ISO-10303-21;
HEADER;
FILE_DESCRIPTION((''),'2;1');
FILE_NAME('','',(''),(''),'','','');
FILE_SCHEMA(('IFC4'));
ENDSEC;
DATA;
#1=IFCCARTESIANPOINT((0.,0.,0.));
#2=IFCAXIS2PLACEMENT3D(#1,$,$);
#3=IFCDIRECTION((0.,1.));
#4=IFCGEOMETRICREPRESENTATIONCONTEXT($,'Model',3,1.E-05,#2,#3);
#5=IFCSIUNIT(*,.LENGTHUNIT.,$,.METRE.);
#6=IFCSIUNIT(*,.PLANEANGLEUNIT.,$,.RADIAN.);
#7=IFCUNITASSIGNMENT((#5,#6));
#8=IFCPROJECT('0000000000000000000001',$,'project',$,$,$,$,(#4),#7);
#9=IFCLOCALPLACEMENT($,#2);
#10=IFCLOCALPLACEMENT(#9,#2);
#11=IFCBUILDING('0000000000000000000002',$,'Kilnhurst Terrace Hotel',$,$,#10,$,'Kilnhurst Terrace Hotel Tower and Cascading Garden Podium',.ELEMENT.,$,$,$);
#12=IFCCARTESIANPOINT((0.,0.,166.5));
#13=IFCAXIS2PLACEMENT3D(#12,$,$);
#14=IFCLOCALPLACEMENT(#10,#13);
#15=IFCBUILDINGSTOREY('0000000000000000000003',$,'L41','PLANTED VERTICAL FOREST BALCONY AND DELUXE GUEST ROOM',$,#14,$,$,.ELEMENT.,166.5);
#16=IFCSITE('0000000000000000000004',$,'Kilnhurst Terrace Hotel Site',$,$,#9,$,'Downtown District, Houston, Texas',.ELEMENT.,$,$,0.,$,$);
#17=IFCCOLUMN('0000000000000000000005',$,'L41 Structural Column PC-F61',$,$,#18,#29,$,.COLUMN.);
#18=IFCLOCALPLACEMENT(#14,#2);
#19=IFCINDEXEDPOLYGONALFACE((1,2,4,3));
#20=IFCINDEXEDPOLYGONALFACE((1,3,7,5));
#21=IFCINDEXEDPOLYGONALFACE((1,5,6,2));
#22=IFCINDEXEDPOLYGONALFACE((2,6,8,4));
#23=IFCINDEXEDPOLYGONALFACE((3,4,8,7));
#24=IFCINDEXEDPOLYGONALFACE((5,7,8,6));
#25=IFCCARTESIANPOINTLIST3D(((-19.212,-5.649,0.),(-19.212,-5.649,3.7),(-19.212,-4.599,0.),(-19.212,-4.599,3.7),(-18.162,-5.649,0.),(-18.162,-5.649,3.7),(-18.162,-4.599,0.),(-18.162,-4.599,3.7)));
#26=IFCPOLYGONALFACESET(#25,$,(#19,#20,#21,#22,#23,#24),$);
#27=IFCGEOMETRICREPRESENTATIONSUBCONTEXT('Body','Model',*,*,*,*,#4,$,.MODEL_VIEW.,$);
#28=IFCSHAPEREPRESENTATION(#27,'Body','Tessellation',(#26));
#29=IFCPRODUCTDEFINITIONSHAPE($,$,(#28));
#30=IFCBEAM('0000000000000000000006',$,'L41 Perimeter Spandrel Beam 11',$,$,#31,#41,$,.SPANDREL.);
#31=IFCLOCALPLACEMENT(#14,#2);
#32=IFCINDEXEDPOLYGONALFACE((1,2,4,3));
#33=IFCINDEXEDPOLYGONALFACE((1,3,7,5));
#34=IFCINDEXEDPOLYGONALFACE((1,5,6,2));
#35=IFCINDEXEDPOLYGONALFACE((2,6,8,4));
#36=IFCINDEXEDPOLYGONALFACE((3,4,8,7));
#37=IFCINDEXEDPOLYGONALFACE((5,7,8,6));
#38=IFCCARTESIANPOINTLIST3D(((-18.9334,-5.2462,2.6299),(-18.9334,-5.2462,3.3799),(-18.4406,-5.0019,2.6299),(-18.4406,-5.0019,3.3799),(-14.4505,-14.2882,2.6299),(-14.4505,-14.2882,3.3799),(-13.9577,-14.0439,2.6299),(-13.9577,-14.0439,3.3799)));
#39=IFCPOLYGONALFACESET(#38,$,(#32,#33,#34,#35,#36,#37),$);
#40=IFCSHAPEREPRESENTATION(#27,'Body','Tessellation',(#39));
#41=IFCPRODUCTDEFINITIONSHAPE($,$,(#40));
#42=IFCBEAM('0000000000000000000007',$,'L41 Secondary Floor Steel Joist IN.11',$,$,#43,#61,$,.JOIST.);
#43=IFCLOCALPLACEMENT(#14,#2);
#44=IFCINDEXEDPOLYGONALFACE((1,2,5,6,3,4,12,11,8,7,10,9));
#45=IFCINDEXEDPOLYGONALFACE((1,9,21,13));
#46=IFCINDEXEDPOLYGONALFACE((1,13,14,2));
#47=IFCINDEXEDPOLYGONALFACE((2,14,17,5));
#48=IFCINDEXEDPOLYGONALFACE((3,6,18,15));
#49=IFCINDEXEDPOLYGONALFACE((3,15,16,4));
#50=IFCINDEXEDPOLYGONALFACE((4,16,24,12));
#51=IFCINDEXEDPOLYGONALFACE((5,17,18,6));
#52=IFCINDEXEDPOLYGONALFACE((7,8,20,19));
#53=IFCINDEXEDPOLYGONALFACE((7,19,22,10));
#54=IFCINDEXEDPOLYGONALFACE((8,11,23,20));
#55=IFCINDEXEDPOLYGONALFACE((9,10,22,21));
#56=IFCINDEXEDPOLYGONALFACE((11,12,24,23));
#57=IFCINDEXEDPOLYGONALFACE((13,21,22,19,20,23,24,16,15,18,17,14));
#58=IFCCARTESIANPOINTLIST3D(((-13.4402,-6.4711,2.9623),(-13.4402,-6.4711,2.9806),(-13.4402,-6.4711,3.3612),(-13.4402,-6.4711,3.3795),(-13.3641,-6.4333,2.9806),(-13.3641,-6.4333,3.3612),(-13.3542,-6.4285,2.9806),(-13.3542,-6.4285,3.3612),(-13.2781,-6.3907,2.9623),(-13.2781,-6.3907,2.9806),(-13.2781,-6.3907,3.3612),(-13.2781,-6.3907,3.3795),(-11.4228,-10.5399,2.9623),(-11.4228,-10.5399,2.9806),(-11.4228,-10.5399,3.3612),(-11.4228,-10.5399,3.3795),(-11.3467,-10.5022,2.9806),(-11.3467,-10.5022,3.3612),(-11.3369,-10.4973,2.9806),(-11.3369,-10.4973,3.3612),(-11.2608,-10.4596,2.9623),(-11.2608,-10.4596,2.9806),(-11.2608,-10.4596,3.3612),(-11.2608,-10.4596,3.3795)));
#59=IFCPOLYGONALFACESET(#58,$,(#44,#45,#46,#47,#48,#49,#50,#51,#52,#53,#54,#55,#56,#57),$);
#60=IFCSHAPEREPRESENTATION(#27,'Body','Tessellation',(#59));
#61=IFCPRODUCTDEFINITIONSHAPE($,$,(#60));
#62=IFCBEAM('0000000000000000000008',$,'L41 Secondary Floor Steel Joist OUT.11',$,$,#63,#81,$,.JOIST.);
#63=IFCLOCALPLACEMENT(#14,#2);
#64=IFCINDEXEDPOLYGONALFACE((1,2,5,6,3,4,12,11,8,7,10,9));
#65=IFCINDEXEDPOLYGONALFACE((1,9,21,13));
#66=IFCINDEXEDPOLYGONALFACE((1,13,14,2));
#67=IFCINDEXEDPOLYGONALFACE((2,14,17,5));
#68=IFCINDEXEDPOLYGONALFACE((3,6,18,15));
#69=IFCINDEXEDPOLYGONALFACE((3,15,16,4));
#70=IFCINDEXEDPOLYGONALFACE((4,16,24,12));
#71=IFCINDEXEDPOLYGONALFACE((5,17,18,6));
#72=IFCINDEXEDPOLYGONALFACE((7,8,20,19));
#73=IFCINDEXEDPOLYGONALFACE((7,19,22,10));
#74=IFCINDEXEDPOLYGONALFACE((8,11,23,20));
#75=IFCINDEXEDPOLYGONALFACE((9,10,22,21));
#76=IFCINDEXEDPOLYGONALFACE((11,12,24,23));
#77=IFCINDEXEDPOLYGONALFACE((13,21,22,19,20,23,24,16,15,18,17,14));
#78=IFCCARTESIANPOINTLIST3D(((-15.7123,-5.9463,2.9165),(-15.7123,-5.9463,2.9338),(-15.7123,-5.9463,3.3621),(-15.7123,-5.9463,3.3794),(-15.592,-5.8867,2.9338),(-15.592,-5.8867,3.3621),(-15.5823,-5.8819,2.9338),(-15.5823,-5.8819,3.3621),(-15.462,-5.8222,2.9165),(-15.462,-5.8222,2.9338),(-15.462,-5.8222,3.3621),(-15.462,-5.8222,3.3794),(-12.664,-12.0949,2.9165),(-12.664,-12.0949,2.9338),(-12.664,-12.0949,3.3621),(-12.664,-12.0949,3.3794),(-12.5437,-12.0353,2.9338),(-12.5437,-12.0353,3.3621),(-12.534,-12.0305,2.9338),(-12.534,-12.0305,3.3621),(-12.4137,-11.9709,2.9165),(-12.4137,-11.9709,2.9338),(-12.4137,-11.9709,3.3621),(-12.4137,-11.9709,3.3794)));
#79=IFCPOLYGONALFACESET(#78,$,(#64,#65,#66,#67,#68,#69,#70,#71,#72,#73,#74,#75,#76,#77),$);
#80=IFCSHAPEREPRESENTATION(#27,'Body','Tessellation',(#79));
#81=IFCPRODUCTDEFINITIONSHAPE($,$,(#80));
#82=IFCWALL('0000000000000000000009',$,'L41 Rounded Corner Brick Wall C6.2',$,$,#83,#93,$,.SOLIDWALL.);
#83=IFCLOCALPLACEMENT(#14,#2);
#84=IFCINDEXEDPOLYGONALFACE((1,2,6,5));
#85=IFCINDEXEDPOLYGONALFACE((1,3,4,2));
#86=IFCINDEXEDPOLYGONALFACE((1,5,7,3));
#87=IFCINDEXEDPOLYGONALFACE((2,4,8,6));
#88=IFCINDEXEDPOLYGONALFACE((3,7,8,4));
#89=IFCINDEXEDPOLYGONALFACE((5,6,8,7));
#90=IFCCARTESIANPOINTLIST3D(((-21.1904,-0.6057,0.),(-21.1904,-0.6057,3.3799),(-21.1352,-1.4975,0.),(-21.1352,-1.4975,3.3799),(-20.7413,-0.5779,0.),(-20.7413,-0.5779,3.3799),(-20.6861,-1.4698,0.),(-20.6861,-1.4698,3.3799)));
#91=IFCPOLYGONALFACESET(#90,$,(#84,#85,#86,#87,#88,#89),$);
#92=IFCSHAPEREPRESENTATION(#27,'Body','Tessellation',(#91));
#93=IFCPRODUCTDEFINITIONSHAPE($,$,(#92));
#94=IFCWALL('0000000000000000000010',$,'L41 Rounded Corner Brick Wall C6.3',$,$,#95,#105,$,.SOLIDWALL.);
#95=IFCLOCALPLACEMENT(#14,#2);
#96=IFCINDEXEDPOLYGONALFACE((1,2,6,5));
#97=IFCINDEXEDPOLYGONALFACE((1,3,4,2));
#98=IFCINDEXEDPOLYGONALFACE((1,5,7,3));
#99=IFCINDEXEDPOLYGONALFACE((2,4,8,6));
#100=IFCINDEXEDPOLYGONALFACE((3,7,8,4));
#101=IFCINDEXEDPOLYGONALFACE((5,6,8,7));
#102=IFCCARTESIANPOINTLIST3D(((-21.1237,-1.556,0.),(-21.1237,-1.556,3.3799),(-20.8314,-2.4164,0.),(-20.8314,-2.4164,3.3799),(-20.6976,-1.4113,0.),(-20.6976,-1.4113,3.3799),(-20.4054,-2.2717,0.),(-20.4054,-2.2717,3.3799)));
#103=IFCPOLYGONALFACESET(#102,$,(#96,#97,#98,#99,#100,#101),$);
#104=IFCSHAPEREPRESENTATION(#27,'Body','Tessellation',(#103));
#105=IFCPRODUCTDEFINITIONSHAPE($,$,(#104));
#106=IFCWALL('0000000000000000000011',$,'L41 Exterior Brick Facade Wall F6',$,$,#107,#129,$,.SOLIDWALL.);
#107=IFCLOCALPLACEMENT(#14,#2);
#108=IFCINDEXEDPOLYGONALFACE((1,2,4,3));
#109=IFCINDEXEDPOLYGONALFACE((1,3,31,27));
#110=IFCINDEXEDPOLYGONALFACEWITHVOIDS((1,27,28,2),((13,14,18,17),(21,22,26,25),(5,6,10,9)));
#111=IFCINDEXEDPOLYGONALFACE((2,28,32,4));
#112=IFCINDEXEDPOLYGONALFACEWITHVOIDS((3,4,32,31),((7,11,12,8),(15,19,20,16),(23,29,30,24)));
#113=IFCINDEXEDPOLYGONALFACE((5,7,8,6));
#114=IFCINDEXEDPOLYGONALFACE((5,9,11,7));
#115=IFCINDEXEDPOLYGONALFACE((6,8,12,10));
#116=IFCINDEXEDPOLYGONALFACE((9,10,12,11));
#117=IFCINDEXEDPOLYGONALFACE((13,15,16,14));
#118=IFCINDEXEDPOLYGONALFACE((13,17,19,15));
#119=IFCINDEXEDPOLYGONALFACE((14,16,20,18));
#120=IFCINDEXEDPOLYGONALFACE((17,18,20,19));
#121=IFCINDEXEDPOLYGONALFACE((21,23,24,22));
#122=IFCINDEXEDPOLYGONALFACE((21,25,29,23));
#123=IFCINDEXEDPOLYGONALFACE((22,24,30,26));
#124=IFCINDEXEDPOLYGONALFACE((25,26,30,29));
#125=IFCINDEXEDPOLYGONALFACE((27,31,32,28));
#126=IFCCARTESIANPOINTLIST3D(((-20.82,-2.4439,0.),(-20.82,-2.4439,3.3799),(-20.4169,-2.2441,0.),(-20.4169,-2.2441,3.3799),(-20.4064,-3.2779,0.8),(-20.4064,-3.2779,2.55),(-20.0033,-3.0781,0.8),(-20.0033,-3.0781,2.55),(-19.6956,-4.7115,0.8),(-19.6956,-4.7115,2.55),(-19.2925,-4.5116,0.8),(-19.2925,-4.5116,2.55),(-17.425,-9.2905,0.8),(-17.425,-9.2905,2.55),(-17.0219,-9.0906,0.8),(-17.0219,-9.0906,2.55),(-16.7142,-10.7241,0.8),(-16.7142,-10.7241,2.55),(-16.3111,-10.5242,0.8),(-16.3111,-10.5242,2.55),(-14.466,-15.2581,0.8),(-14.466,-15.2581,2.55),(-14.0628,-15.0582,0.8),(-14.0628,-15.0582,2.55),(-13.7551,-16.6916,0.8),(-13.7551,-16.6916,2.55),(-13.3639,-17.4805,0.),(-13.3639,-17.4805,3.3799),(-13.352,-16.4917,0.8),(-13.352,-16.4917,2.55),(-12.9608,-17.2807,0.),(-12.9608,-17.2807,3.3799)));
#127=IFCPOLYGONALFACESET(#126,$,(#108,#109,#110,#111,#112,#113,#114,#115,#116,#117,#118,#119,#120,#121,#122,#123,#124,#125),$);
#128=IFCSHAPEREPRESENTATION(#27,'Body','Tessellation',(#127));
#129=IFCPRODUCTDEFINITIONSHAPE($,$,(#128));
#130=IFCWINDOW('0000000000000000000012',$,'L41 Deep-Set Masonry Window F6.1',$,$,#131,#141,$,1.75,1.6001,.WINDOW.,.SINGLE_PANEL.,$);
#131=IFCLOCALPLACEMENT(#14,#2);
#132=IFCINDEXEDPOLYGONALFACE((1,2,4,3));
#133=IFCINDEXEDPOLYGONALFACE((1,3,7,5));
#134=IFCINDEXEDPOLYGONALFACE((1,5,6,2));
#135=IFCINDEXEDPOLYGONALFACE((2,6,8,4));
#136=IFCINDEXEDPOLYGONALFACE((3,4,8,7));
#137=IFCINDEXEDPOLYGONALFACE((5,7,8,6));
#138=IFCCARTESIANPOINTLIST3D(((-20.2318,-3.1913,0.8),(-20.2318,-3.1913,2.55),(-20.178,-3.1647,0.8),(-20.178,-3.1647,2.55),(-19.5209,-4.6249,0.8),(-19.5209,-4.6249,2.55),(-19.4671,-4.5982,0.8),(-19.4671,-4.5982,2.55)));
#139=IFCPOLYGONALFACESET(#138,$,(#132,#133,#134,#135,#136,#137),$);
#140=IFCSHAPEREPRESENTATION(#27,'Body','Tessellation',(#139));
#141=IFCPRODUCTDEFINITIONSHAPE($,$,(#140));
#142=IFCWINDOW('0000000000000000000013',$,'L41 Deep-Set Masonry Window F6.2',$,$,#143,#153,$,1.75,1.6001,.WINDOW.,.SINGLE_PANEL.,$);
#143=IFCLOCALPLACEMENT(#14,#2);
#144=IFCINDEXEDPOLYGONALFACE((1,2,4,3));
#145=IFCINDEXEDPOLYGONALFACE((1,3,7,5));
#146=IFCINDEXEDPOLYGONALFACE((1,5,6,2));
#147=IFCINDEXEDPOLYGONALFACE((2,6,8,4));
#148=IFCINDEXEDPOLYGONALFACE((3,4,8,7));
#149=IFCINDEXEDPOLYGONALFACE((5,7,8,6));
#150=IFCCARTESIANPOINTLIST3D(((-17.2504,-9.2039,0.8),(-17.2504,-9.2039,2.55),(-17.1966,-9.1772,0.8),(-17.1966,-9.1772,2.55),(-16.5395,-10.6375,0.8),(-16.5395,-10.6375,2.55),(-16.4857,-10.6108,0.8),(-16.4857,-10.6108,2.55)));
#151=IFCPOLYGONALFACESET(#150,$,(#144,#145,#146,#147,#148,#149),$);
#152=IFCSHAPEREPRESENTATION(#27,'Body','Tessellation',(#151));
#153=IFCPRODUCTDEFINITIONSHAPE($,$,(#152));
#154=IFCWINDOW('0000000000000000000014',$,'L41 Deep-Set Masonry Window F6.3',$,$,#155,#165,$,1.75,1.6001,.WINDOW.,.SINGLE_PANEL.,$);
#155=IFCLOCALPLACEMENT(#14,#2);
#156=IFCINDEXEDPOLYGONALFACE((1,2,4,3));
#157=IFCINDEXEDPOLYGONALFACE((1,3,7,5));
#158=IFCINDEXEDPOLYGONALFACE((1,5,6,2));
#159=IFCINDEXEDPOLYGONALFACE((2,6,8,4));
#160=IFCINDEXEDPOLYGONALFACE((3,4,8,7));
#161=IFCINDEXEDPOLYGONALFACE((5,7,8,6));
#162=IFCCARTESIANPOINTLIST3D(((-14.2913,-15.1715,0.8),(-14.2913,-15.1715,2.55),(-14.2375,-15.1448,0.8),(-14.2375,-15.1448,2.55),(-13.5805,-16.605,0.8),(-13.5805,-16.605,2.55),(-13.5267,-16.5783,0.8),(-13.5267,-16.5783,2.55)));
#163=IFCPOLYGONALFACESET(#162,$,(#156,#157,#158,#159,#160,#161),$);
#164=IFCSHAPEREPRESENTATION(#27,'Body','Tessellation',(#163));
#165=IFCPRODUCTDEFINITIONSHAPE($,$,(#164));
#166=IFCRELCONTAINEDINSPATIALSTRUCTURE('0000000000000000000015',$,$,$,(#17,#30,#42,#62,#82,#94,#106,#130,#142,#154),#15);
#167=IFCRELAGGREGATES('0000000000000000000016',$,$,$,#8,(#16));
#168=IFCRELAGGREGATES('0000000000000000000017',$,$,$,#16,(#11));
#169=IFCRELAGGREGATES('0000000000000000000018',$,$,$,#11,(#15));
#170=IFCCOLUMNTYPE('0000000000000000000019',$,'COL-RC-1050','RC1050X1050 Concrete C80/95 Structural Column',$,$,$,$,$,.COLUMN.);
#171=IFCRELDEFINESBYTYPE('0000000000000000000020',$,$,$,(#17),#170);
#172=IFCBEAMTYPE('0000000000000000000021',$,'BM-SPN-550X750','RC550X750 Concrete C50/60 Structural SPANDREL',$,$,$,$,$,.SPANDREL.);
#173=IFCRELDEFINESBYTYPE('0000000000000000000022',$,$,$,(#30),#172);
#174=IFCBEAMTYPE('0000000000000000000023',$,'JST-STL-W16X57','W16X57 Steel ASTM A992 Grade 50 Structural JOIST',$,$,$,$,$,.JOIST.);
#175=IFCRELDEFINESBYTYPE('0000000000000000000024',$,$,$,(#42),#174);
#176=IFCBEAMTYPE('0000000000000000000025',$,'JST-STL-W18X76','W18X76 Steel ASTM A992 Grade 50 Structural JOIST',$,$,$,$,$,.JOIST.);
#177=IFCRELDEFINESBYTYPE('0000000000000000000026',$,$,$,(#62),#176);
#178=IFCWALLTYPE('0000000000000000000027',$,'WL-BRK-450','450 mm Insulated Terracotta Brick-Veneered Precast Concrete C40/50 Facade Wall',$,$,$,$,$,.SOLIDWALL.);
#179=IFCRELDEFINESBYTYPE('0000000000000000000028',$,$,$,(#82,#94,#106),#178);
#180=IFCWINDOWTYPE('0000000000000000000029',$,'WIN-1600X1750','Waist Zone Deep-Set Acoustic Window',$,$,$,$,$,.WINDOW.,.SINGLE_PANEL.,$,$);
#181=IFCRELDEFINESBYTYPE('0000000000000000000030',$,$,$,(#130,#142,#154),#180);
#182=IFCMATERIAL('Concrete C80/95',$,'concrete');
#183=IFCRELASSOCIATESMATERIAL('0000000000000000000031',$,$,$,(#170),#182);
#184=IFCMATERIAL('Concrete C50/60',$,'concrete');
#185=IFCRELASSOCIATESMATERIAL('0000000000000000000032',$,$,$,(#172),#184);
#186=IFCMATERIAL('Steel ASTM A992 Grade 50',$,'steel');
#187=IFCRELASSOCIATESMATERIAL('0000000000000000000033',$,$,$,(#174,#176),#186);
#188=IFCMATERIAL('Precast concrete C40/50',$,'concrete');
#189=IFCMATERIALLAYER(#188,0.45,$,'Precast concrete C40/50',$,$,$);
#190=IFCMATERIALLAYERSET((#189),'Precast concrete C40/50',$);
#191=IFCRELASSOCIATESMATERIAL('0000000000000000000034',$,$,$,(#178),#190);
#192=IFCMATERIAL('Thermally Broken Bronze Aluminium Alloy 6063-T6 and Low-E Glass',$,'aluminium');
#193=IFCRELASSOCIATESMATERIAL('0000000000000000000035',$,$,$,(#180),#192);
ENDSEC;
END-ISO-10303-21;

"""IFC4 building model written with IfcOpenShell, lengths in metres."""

from ifc_helpers import new_model, si_unit, direction, frame, frame_2d, origin, origin_2d, place, context, subcontext, project, spatial, rectangle, i_section, extrude, material, layer, layer_set, material_profile, profile_set, type_object, element, fill, save


model = new_model("IFC4")

# Units and contexts
model_context = context("Model", 3, precision=1e-05, world=origin(), true_north=direction((0.0, 1.0)))
body_context = subcontext(model_context, "Body", "Model", "MODEL_VIEW")
ifc_project = project(units=[si_unit("LENGTHUNIT", "METRE"), si_unit("PLANEANGLEUNIT", "RADIAN")], contexts=[model_context])

# Site, building, storey
site_placement = place(None, origin())
site = spatial("IfcSite", under=ifc_project, at=site_placement, Name="Kilnhurst Terrace Hotel Site", LongName="Downtown District, Houston, Texas", CompositionType="ELEMENT", RefElevation=0.0)
building_placement = place(site_placement, origin())
building = spatial("IfcBuilding", under=site, at=building_placement, Name="Kilnhurst Terrace Hotel", LongName="Kilnhurst Terrace Hotel Tower and Cascading Garden Podium", CompositionType="ELEMENT")
storey_placement = place(building_placement, frame((0.0, 0.0, 166.5)))
storey = spatial("IfcBuildingStorey", under=building, at=storey_placement, Name="L41", Description="PLANTED VERTICAL FOREST BALCONY AND DELUXE GUEST ROOM", CompositionType="ELEMENT", Elevation=166.5)

# Column
ifc_material_1 = material(Name="Concrete C80/95", Category="concrete")
ifc_material_profile_1 = material_profile(ifc_material_1, rectangle(XDim=1.05, YDim=1.05, at=origin_2d()), Name="RC1050X1050")
ifc_profile_set_1 = profile_set([ifc_material_profile_1], Name="Concrete C80/95")
column_type = type_object("IfcColumnType", Name="COL-RC-1050", Description="RC1050X1050 Concrete C80/95 Structural Column", PredefinedType="COLUMN", material=ifc_profile_set_1)
column_placement = place(storey_placement, frame((-18.687, -5.124, 0.0), z_axis=(0.0, 0.0, 1.0), x_axis=(1.0, 0.0, 0.0)))
element("IfcColumn", 1, at=column_placement, inside=storey, type_object=column_type, Name="L41 Structural Column PC-F61", PredefinedType="COLUMN", context=body_context, shape_type="SweptSolid", body=[
    extrude(rectangle(XDim=1.05, YDim=1.05, at=origin_2d()), origin(), (0.0, 0.0, 1.0), 3.7),
])

# Beams
ifc_material_2 = material(Name="Concrete C50/60", Category="concrete")
ifc_material_profile_2 = material_profile(ifc_material_2, rectangle(XDim=0.55, YDim=0.75, at=origin_2d()), Name="RC550X750")
ifc_profile_set_2 = profile_set([ifc_material_profile_2], Name="Concrete C50/60")
beam_type_1 = type_object("IfcBeamType", Name="BM-SPN-550X750", Description="RC550X750 Concrete C50/60 Structural SPANDREL", PredefinedType="SPANDREL", material=ifc_profile_set_2)
beam_1_placement = place(storey_placement, frame((-18.687, -5.124, 3.0049), z_axis=(0.444192, -0.895932, 0.0), x_axis=(0.895932, 0.444192, 0.0)))
element("IfcBeam", 2, at=beam_1_placement, inside=storey, type_object=beam_type_1, Name="L41 Perimeter Spandrel Beam 11", PredefinedType="SPANDREL", context=body_context, shape_type="SweptSolid", body=[
    extrude(rectangle(XDim=0.55, YDim=0.75, at=origin_2d()), origin(), (0.0, 0.0, 1.0), 10.0923),
])
ifc_material_3 = material(Name="Steel ASTM A992 Grade 50", Category="steel")
ifc_material_profile_3 = material_profile(ifc_material_3, i_section(OverallWidth=0.1809, OverallDepth=0.4172, WebThickness=0.011, FlangeThickness=0.0183, at=origin_2d()), Name="W16X57")
ifc_profile_set_3 = profile_set([ifc_material_profile_3], Name="Steel ASTM A992 Grade 50")
beam_type_2 = type_object("IfcBeamType", Name="JST-STL-W16X57", Description="W16X57 Steel ASTM A992 Grade 50 Structural JOIST", PredefinedType="JOIST", material=ifc_profile_set_3)
beam_2_placement = place(storey_placement, frame((-13.3591, -6.4309, 3.1709), z_axis=(0.444201, -0.895927, 0.0), x_axis=(0.895927, 0.444201, 0.0)))
element("IfcBeam", 3, at=beam_2_placement, inside=storey, type_object=beam_type_2, Name="L41 Secondary Floor Steel Joist IN.11", PredefinedType="JOIST", context=body_context, shape_type="SweptSolid", body=[
    extrude(i_section(OverallWidth=0.1809, OverallDepth=0.4172, WebThickness=0.011, FlangeThickness=0.0183, at=origin_2d()), origin(), (0.0, 0.0, 1.0), 4.5415),
])
ifc_material_profile_4 = material_profile(ifc_material_3, i_section(OverallWidth=0.2793, OverallDepth=0.4629, WebThickness=0.0107, FlangeThickness=0.0173, at=origin_2d()), Name="W18X76")
ifc_profile_set_4 = profile_set([ifc_material_profile_4], Name="Steel ASTM A992 Grade 50")
beam_type_3 = type_object("IfcBeamType", Name="JST-STL-W18X76", Description="W18X76 Steel ASTM A992 Grade 50 Structural JOIST", PredefinedType="JOIST", material=ifc_profile_set_4)
beam_3_placement = place(storey_placement, frame((-15.5872, -5.8843, 3.1479), z_axis=(0.44418, -0.895938, 0.0), x_axis=(0.895938, 0.44418, 0.0)))
element("IfcBeam", 4, at=beam_3_placement, inside=storey, type_object=beam_type_3, Name="L41 Secondary Floor Steel Joist OUT.11", PredefinedType="JOIST", context=body_context, shape_type="SweptSolid", body=[
    extrude(i_section(OverallWidth=0.2793, OverallDepth=0.4629, WebThickness=0.0107, FlangeThickness=0.0173, at=origin_2d()), origin(), (0.0, 0.0, 1.0), 6.8628),
])

# Walls
ifc_material_4 = material(Name="Precast concrete C40/50", Category="concrete")
ifc_layer_1 = layer(ifc_material_4, 0.45, Name="Precast concrete C40/50")
ifc_layer_set_1 = layer_set([ifc_layer_1], Name="Precast concrete C40/50")
wall_type_1 = type_object("IfcWallType", Name="WL-BRK-450", Description="450 mm Insulated Terracotta Brick-Veneered Precast Concrete C40/50 Facade Wall", PredefinedType="SOLIDWALL", material=ifc_layer_set_1)
wall_1_placement = place(storey_placement, frame((-20.9658, -0.5918, 0.0), z_axis=(0.0, 0.0, 1.0), x_axis=(0.061749, -0.998092, 0.0)))
element("IfcWall", 5, at=wall_1_placement, inside=storey, type_object=wall_type_1, Name="L41 Rounded Corner Brick Wall C6.2", PredefinedType="SOLIDWALL", context=body_context, shape_type="SweptSolid", body=[
    extrude(rectangle(XDim=0.8936, YDim=0.45, at=frame_2d((0.4468, 0.0))), origin(), (0.0, 0.0, 1.0), 3.3799),
])
wall_2_placement = place(storey_placement, frame((-20.9106, -1.4836, 0.0), z_axis=(0.0, 0.0, 1.0), x_axis=(0.321623, -0.946868, 0.0)))
element("IfcWall", 6, at=wall_2_placement, inside=storey, type_object=wall_type_1, Name="L41 Rounded Corner Brick Wall C6.3", PredefinedType="SOLIDWALL", context=body_context, shape_type="SweptSolid", body=[
    extrude(rectangle(XDim=0.9087, YDim=0.45, at=frame_2d((0.4543, 0.0))), origin(), (0.0, 0.0, 1.0), 3.3799),
])

# Wall, openings, windows
wall_3_placement = place(storey_placement, frame((-20.6184, -2.344, 0.0), z_axis=(0.0, 0.0, 1.0), x_axis=(0.444244, -0.895906, 0.0)))
wall_3 = element("IfcWall", 7, at=wall_3_placement, inside=storey, type_object=wall_type_1, Name="L41 Exterior Brick Facade Wall F6", PredefinedType="SOLIDWALL", context=body_context, shape_type="SweptSolid", body=[
    extrude(rectangle(XDim=16.7837, YDim=0.45, at=frame_2d((8.3918, 0.0))), origin(), (0.0, 0.0, 1.0), 3.3799),
])
opening_1_placement = place(wall_3_placement, frame((0.9309, 0.0, 0.8)))
opening_1 = element("IfcOpeningElement", 8, at=opening_1_placement, cuts=wall_3, PredefinedType="OPENING", context=body_context, shape_type="SweptSolid", body=[
    extrude(rectangle(XDim=1.6001, YDim=1.75, at=frame_2d((0.8, 0.875))), frame((0.0, 0.2349, 0.0), z_axis=(0.0, -1.0, 0.0), x_axis=(1.0, 0.0, 0.0)), (0.0, 0.0, 1.0), 0.47),
])
opening_2_placement = place(wall_3_placement, frame((7.6421, 0.0, 0.8)))
opening_2 = element("IfcOpeningElement", 9, at=opening_2_placement, cuts=wall_3, PredefinedType="OPENING", context=body_context, shape_type="SweptSolid", body=[
    extrude(rectangle(XDim=1.6001, YDim=1.75, at=frame_2d((0.8, 0.875))), frame((0.0, 0.2349, 0.0), z_axis=(0.0, -1.0, 0.0), x_axis=(1.0, 0.0, 0.0)), (0.0, 0.0, 1.0), 0.47),
])
opening_3_placement = place(wall_3_placement, frame((14.303, 0.0, 0.8)))
opening_3 = element("IfcOpeningElement", 10, at=opening_3_placement, cuts=wall_3, PredefinedType="OPENING", context=body_context, shape_type="SweptSolid", body=[
    extrude(rectangle(XDim=1.6001, YDim=1.75, at=frame_2d((0.8, 0.875))), frame((0.0, 0.2349, 0.0), z_axis=(0.0, -1.0, 0.0), x_axis=(1.0, 0.0, 0.0)), (0.0, 0.0, 1.0), 0.47),
])
ifc_material_5 = material(Name="Thermally Broken Bronze Aluminium Alloy 6063-T6 and Low-E Glass", Category="aluminium")
window_type = type_object("IfcWindowType", Name="WIN-1600X1750", Description="Waist Zone Deep-Set Acoustic Window", PartitioningType="SINGLE_PANEL", PredefinedType="WINDOW", material=ifc_material_5)
window_1_placement = place(opening_1_placement, origin())
window_1 = element("IfcWindow", 11, at=window_1_placement, inside=storey, type_object=window_type, Name="L41 Deep-Set Masonry Window F6.1", OverallHeight=1.75, OverallWidth=1.6001, PartitioningType="SINGLE_PANEL", PredefinedType="WINDOW", context=body_context, shape_type="SweptSolid", body=[
    extrude(rectangle(XDim=1.6001, YDim=1.75, at=frame_2d((0.8, 0.875))), frame((0.0, 0.03, 0.0), z_axis=(0.0, -1.0, 0.0), x_axis=(1.0, 0.0, 0.0)), (0.0, 0.0, 1.0), 0.0601),
])
fill(opening_1, window_1)
window_2_placement = place(opening_2_placement, origin())
window_2 = element("IfcWindow", 12, at=window_2_placement, inside=storey, type_object=window_type, Name="L41 Deep-Set Masonry Window F6.2", OverallHeight=1.75, OverallWidth=1.6001, PartitioningType="SINGLE_PANEL", PredefinedType="WINDOW", context=body_context, shape_type="SweptSolid", body=[
    extrude(rectangle(XDim=1.6001, YDim=1.75, at=frame_2d((0.8, 0.875))), frame((0.0, 0.03, 0.0), z_axis=(0.0, -1.0, 0.0), x_axis=(1.0, 0.0, 0.0)), (0.0, 0.0, 1.0), 0.0601),
])
fill(opening_2, window_2)
window_3_placement = place(opening_3_placement, origin())
window_3 = element("IfcWindow", 13, at=window_3_placement, inside=storey, type_object=window_type, Name="L41 Deep-Set Masonry Window F6.3", OverallHeight=1.75, OverallWidth=1.6001, PartitioningType="SINGLE_PANEL", PredefinedType="WINDOW", context=body_context, shape_type="SweptSolid", body=[
    extrude(rectangle(XDim=1.6001, YDim=1.75, at=frame_2d((0.8, 0.875))), frame((0.0, 0.03, 0.0), z_axis=(0.0, -1.0, 0.0), x_axis=(1.0, 0.0, 0.0)), (0.0, 0.0, 1.0), 0.0601),
])
fill(opening_3, window_3)

save(model, "model.ifc")
